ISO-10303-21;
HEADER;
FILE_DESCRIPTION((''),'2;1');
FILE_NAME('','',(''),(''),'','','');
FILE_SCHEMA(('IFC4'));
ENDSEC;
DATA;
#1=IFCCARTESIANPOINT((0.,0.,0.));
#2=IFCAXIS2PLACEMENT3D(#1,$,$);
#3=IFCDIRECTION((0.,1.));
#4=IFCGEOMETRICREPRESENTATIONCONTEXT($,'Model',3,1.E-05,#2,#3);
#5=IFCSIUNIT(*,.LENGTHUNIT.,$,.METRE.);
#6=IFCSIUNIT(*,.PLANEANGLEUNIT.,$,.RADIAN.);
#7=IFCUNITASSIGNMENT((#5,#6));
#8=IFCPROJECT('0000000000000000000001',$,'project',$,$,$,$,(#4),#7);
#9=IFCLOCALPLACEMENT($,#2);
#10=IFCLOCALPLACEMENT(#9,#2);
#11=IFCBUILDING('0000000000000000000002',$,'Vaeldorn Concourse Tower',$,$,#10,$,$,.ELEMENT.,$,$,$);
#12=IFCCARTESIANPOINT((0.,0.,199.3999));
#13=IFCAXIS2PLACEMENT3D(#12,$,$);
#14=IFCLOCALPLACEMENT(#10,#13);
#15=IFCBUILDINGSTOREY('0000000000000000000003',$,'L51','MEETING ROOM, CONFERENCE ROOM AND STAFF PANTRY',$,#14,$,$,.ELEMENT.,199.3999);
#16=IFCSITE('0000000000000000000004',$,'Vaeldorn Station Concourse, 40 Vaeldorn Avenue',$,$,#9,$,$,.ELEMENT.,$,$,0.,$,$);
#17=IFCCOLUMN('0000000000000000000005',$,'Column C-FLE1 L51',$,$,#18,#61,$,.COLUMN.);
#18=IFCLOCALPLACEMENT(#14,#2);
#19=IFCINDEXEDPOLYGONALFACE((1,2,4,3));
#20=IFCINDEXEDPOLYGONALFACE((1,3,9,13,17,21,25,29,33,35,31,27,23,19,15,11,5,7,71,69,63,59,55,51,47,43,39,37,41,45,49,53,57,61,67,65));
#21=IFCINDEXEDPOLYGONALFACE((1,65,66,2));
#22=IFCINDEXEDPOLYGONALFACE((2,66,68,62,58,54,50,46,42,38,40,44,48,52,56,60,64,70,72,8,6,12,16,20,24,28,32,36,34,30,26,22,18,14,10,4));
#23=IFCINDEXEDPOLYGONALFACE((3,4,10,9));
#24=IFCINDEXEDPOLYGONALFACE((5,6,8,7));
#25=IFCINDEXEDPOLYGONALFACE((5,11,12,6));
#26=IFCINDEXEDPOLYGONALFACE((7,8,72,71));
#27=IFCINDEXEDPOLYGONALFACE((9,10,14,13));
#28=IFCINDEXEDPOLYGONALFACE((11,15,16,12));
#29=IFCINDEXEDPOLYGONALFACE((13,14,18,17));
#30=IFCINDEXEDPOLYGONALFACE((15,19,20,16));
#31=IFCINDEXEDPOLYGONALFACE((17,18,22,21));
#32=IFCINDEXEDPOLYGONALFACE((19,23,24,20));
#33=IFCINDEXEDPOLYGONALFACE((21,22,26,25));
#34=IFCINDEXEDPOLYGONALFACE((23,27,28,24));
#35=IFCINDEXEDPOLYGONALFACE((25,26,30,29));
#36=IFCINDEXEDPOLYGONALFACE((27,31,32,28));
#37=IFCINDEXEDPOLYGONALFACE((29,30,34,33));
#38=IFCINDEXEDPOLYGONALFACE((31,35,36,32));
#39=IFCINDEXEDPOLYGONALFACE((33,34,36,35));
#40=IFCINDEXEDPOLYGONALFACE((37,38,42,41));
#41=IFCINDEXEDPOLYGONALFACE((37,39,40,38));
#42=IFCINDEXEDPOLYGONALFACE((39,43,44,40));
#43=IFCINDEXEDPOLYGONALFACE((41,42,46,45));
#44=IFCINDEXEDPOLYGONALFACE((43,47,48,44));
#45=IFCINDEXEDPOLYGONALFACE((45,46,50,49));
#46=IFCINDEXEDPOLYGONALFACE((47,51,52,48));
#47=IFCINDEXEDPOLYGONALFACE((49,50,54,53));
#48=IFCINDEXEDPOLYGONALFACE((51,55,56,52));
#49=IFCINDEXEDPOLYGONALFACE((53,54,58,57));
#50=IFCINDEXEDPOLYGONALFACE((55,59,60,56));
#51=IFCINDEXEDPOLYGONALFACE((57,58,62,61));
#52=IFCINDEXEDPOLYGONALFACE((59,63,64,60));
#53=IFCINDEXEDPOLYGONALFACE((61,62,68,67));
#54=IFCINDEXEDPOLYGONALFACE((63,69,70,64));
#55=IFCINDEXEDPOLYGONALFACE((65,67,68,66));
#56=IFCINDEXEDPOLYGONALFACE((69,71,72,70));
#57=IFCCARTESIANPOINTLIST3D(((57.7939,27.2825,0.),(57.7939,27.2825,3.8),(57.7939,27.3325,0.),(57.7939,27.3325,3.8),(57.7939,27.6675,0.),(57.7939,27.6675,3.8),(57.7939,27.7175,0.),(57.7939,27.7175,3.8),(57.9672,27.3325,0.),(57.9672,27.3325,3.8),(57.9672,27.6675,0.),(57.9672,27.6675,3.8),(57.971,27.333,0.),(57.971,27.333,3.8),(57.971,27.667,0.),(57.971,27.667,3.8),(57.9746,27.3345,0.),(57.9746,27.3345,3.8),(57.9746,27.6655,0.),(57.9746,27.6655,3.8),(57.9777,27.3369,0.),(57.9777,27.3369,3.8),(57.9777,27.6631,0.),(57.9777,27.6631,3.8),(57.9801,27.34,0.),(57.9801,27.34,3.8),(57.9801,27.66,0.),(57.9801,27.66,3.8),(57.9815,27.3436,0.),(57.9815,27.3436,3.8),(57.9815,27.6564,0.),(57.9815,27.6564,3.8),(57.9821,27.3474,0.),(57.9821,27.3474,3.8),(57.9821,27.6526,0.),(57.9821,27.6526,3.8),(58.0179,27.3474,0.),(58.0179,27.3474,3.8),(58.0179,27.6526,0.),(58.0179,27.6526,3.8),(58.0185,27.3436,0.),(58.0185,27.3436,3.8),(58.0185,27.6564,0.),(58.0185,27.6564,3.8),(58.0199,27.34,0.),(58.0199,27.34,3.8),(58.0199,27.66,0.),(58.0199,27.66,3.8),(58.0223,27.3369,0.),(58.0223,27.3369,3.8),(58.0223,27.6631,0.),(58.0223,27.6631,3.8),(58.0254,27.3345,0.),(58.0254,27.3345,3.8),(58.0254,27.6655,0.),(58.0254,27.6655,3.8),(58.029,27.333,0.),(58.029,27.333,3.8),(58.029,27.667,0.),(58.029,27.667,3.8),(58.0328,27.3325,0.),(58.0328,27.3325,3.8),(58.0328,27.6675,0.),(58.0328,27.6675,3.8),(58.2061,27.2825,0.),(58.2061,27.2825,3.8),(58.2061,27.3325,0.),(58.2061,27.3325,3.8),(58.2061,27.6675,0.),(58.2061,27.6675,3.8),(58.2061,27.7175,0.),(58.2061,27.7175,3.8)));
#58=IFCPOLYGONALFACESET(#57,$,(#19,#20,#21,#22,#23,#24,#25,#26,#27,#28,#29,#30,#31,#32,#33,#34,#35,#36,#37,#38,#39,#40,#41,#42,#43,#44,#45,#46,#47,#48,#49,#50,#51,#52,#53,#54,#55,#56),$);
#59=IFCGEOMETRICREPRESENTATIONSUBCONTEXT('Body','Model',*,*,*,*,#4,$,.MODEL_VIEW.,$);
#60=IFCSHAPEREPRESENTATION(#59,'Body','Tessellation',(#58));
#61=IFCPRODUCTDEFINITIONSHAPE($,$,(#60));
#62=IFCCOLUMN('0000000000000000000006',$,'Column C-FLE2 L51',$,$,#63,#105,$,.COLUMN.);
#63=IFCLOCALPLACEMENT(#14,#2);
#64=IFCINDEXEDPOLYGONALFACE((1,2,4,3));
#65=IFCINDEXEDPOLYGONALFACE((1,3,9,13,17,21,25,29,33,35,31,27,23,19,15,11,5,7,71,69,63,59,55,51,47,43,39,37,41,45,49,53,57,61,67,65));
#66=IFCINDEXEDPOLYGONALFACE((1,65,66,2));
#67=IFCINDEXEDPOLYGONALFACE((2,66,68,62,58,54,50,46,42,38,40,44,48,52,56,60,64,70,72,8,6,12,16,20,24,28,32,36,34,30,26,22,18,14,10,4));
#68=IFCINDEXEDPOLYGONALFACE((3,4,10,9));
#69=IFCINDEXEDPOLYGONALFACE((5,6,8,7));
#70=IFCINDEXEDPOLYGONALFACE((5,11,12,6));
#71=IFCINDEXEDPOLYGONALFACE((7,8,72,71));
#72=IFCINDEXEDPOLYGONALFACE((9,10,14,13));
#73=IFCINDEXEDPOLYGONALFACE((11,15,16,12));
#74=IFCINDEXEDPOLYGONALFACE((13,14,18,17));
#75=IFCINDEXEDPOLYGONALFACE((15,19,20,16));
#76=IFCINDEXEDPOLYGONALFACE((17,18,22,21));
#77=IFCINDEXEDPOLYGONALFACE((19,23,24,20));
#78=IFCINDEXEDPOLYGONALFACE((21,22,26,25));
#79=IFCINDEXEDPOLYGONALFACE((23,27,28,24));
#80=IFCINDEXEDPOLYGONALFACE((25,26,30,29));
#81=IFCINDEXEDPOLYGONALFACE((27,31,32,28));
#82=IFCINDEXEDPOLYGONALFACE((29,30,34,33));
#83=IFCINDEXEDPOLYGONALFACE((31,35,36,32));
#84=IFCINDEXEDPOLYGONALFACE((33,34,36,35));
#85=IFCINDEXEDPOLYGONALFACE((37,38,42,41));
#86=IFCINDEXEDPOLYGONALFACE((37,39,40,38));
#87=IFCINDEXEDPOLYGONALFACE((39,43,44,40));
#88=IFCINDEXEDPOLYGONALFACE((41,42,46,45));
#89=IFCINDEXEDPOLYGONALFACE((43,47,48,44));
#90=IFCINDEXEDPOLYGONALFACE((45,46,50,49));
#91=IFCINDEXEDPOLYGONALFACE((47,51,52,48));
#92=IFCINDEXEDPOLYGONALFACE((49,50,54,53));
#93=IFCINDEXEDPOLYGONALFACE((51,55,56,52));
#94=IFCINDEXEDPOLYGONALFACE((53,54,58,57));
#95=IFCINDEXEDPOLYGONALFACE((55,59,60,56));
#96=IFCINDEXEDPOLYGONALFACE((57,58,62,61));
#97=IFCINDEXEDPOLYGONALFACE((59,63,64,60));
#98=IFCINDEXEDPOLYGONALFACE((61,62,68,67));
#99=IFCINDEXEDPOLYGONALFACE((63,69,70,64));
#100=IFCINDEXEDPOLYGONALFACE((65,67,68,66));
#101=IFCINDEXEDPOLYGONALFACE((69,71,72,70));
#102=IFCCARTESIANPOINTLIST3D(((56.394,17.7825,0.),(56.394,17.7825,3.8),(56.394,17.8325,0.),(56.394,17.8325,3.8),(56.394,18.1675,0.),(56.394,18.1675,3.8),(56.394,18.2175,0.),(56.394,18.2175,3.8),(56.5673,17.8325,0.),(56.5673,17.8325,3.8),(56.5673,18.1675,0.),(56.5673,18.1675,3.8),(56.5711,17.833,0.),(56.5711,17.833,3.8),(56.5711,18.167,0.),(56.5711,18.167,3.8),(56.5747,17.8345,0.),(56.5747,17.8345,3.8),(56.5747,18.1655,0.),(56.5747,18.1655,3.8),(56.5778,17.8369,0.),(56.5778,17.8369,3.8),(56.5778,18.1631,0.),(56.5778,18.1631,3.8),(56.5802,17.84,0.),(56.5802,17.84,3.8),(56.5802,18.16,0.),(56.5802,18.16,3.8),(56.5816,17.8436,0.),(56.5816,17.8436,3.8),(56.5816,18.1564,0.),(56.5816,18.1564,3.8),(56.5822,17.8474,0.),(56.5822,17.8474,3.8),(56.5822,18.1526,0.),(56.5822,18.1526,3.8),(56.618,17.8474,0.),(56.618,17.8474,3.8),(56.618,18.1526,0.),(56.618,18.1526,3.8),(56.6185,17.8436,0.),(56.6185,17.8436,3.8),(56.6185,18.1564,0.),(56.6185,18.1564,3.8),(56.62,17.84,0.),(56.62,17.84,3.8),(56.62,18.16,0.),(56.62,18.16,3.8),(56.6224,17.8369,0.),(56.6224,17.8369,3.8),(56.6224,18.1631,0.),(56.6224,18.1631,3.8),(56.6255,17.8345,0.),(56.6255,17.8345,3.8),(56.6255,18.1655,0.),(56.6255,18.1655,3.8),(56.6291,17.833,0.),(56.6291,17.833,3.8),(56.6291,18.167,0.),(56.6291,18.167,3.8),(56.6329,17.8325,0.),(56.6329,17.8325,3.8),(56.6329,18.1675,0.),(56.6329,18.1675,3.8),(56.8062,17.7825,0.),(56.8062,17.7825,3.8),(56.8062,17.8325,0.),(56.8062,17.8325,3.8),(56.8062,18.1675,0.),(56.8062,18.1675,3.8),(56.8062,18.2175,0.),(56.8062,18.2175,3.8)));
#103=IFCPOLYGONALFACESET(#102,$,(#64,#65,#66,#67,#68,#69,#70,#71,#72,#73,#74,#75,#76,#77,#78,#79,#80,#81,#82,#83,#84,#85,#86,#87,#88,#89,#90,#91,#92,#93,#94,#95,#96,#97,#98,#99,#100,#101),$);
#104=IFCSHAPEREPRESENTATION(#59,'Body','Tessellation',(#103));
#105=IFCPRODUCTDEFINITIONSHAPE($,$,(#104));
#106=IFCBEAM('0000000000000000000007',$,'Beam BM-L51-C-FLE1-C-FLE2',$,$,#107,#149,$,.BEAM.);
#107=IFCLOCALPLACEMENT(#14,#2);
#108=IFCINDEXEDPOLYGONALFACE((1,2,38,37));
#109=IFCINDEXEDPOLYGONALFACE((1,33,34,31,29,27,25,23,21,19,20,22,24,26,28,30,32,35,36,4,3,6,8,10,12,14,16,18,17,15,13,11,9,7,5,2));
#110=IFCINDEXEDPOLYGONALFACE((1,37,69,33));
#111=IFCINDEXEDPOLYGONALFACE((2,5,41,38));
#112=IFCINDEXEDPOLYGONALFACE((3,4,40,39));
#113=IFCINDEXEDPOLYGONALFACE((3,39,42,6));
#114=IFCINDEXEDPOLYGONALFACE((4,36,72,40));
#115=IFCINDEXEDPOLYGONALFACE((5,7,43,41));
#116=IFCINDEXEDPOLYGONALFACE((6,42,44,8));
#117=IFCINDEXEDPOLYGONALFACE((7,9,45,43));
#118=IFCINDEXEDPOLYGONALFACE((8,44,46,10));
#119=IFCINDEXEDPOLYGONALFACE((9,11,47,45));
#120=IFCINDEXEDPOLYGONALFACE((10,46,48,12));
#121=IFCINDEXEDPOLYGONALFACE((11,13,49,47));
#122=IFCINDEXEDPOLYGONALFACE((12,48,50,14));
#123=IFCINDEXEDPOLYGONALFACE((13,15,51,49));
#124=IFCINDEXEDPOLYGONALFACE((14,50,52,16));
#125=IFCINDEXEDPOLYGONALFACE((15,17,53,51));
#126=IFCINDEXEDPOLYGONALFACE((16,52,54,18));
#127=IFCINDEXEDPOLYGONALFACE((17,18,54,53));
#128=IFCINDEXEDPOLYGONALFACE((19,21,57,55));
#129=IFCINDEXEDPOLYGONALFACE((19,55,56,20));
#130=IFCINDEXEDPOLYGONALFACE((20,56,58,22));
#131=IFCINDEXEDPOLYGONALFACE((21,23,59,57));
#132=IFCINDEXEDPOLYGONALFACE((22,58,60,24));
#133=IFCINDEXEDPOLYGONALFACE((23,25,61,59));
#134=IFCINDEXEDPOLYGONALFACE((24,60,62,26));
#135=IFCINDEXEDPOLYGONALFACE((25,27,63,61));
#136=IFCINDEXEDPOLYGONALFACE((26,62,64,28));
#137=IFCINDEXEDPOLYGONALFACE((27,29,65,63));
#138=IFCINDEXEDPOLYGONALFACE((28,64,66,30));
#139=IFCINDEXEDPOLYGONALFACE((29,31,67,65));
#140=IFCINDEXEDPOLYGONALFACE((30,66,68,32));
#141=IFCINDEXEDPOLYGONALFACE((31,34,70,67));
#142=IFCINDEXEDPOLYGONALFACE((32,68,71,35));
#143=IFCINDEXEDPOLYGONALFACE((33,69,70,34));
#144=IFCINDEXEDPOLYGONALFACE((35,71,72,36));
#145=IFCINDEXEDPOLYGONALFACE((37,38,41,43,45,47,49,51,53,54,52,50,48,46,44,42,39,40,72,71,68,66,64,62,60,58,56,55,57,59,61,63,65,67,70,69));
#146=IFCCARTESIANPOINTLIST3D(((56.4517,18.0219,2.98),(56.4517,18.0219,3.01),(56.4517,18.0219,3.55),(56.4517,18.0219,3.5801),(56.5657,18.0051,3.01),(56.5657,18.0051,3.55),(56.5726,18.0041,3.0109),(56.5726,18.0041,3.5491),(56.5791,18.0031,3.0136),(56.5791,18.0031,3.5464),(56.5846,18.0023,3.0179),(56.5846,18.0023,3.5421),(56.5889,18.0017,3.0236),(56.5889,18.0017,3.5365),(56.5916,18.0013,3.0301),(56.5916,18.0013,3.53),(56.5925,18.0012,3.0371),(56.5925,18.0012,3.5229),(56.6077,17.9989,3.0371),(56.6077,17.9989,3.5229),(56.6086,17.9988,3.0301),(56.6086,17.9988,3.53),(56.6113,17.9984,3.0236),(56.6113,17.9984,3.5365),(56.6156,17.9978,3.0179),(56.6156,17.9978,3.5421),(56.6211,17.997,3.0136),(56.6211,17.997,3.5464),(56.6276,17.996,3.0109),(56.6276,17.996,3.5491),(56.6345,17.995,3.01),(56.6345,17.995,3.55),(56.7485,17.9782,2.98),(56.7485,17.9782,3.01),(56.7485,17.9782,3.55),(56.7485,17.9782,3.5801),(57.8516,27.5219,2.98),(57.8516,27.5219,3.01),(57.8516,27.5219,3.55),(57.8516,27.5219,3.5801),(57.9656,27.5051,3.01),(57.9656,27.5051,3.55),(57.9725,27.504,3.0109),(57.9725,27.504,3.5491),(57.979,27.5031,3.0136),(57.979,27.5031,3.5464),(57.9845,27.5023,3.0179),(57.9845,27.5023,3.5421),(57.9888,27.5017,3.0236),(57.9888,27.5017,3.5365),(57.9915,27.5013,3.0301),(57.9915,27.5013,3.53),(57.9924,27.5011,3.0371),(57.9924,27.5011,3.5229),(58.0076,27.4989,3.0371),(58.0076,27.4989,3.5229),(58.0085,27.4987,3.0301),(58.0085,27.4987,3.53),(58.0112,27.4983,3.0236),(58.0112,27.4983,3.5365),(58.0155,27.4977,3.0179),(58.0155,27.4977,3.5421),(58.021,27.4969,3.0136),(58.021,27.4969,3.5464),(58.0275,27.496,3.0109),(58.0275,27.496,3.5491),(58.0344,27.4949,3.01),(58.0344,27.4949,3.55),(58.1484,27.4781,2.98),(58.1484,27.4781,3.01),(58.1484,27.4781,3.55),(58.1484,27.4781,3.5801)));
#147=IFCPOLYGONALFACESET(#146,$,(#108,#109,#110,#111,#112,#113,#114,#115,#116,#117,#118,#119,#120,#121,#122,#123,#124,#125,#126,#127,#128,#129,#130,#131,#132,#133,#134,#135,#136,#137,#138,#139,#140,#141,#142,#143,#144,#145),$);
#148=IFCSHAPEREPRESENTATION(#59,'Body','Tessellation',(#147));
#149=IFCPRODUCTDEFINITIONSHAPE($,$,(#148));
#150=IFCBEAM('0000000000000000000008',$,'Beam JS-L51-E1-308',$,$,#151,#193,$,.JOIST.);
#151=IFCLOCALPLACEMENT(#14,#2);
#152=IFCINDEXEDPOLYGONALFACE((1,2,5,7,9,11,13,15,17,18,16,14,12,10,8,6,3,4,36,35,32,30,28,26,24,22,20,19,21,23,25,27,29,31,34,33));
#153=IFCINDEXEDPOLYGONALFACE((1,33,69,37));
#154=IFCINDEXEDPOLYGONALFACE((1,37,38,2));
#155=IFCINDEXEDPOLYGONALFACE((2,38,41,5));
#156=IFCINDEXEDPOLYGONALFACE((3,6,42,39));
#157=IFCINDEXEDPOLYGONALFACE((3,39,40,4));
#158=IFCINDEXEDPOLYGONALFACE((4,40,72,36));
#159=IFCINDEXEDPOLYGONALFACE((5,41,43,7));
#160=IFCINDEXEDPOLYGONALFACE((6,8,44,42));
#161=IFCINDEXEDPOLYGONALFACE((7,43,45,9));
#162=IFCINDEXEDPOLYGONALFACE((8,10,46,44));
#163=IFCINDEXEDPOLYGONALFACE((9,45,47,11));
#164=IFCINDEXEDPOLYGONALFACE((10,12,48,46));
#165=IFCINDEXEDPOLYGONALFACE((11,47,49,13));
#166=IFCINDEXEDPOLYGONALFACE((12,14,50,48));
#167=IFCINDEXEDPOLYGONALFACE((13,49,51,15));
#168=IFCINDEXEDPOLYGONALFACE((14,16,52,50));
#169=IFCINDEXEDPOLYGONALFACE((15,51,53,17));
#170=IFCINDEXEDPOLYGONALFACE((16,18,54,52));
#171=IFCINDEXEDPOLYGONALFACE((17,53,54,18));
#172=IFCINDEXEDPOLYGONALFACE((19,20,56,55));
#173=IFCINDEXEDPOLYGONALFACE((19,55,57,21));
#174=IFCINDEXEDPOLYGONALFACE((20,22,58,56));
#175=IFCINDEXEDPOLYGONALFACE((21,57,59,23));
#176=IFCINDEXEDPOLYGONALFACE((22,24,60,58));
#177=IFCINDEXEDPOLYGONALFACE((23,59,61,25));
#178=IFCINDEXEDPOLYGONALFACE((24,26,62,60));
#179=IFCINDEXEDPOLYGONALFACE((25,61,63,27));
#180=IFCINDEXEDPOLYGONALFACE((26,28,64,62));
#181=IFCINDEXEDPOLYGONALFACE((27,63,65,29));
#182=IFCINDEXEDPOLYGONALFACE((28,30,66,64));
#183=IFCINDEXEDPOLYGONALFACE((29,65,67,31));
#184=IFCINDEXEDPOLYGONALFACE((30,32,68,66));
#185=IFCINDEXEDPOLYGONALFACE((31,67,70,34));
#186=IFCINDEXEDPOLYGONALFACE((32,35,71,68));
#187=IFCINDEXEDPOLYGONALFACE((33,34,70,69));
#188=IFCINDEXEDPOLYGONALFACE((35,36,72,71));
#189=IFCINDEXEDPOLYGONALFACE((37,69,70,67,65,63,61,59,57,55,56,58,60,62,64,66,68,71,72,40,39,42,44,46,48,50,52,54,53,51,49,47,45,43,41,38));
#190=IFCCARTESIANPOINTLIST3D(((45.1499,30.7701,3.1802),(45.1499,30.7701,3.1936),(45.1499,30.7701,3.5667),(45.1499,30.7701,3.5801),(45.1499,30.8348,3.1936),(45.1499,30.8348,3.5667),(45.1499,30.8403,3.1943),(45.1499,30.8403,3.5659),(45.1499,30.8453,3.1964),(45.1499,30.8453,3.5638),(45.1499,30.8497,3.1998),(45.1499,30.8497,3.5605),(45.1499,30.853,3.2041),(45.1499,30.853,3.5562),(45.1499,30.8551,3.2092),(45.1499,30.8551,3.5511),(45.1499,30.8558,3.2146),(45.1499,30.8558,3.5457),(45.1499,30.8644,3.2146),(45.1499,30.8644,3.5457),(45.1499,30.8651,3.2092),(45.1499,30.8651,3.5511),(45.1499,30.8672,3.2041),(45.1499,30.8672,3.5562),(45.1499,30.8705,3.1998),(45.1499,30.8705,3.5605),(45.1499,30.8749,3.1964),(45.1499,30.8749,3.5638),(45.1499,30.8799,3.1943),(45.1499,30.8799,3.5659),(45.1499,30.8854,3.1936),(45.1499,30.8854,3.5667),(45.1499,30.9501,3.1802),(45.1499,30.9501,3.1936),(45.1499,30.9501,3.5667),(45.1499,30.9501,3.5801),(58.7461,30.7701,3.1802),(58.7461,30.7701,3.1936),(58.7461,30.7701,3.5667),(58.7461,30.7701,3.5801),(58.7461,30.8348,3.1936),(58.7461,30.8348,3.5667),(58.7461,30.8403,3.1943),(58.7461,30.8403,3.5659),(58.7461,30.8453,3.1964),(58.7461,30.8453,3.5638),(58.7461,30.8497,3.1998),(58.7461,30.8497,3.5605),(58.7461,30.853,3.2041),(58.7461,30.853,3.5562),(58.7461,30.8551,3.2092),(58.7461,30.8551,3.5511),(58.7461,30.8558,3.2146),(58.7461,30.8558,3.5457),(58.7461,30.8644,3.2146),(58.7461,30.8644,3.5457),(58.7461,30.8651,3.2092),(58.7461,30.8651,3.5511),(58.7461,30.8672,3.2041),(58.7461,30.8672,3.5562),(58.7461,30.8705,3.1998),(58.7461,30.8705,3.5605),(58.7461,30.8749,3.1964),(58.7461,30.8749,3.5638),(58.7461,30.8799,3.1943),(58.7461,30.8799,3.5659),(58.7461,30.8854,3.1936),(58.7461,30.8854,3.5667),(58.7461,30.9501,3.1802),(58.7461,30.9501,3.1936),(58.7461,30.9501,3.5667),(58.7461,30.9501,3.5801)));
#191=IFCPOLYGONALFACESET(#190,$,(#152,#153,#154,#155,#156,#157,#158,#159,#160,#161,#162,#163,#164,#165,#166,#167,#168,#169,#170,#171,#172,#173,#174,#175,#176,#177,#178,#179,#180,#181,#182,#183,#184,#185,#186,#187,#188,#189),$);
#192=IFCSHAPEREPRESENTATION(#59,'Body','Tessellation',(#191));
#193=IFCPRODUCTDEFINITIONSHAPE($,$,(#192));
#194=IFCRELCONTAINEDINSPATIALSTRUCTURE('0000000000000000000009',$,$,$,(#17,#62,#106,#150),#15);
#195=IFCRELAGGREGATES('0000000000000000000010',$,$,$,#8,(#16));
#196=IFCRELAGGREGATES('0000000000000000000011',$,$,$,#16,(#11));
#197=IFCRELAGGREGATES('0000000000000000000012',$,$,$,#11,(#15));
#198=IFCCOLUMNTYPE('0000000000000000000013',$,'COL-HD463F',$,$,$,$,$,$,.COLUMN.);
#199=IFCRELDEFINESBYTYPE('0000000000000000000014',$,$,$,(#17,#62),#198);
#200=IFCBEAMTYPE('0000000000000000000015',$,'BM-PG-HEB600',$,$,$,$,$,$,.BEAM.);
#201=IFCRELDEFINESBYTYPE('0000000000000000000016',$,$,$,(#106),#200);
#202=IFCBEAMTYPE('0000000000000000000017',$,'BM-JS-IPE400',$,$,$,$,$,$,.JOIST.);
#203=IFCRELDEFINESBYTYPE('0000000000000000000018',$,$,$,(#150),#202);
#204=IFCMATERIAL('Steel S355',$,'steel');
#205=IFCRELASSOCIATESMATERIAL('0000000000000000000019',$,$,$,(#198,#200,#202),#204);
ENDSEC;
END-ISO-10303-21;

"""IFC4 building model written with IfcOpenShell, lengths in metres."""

from ifc_helpers import new_model, si_unit, direction, frame, origin, origin_2d, place, context, subcontext, project, spatial, i_section, extrude, source, transform, mapped, material, material_profile, profile_set, type_object, element, save


model = new_model("IFC4")

# Units and contexts
model_context = context("Model", 3, precision=1e-05, world=origin(), true_north=direction((0.0, 1.0)))
body_context = subcontext(model_context, "Body", "Model", "MODEL_VIEW")
ifc_project = project(units=[si_unit("LENGTHUNIT", "METRE"), si_unit("PLANEANGLEUNIT", "RADIAN")], contexts=[model_context])

# Site, building, storey
site_placement = place(None, origin())
site = spatial("IfcSite", under=ifc_project, at=site_placement, Name="Vaeldorn Station Concourse, 40 Vaeldorn Avenue", CompositionType="ELEMENT", RefElevation=0.0)
building_placement = place(site_placement, origin())
building = spatial("IfcBuilding", under=site, at=building_placement, Name="Vaeldorn Concourse Tower", CompositionType="ELEMENT")
storey_placement = place(building_placement, frame((0.0, 0.0, 199.3999)))
storey = spatial("IfcBuildingStorey", under=building, at=storey_placement, Name="L51", Description="MEETING ROOM, CONFERENCE ROOM AND STAFF PANTRY", CompositionType="ELEMENT", Elevation=199.3999)

# Columns
ifc_material_1 = material(Name="Steel S355", Category="steel")
ifc_material_profile_1 = material_profile(ifc_material_1, i_section(OverallWidth=0.4121, OverallDepth=0.4351, WebThickness=0.0359, FlangeThickness=0.05, FilletRadius=0.0149, at=origin_2d()), Name="HD 400x463")
ifc_profile_set_1 = profile_set([ifc_material_profile_1], Name="Steel S355")
column_type = type_object("IfcColumnType", Name="COL-HD463F", PredefinedType="COLUMN", material=ifc_profile_set_1)
shared_shape_1 = source(origin(), body_context, "Body", "SweptSolid", [
    extrude(i_section(OverallWidth=0.4121, OverallDepth=0.4351, WebThickness=0.0359, FlangeThickness=0.05, FilletRadius=0.0149, at=origin_2d()), origin(), (0.0, 0.0, 1.0), 3.8),
])
for number, where, z_axis, x_axis, name in (
    (1, (58.0, 27.5, 0.0), (0.0, 0.0, 1.0), (1.0, 0.0, 0.0), "Column C-FLE1 L51"),
    (2, (56.6001, 18.0, 0.0), (0.0, 0.0, 1.0), (1.0, 0.0, 0.0), "Column C-FLE2 L51"),
):
    element("IfcColumn", number, at=place(storey_placement, frame(where, z_axis=z_axis, x_axis=x_axis)), inside=storey, type_object=column_type, Name=name, PredefinedType="COLUMN", context=body_context, shape_type="MappedRepresentation", body=[
        mapped(shared_shape_1, transform((0.0, 0.0, 0.0), scale=1.0)),
    ])

# Beams
ifc_material_profile_2 = material_profile(ifc_material_1, i_section(OverallWidth=0.3, OverallDepth=0.6001, WebThickness=0.0154, FlangeThickness=0.03, FilletRadius=0.0271, at=origin_2d()), Name="HEB 600")
ifc_profile_set_2 = profile_set([ifc_material_profile_2], Name="Steel S355")
beam_type_1 = type_object("IfcBeamType", Name="BM-PG-HEB600", PredefinedType="BEAM", material=ifc_profile_set_2)
shared_shape_2 = source(origin(), body_context, "Body", "SweptSolid", [
    extrude(i_section(OverallWidth=0.3, OverallDepth=0.6001, WebThickness=0.0154, FlangeThickness=0.03, FilletRadius=0.0271, at=origin_2d()), origin(), (0.0, 0.0, 1.0), 9.6025),
])
beam_1_placement = place(storey_placement, frame((58.0, 27.5, 3.28), z_axis=(-0.145784, -0.989316, 0.0), x_axis=(0.989316, -0.145784, 0.0)))
element("IfcBeam", 3, at=beam_1_placement, inside=storey, type_object=beam_type_1, Name="Beam BM-L51-C-FLE1-C-FLE2", PredefinedType="BEAM", context=body_context, shape_type="MappedRepresentation", body=[
    mapped(shared_shape_2, transform((0.0, 0.0, 0.0), scale=1.0)),
])
ifc_material_profile_3 = material_profile(ifc_material_1, i_section(OverallWidth=0.1799, OverallDepth=0.3999, WebThickness=0.0085, FlangeThickness=0.0134, FilletRadius=0.021, at=origin_2d()), Name="IPE 400")
ifc_profile_set_3 = profile_set([ifc_material_profile_3], Name="Steel S355")
beam_type_2 = type_object("IfcBeamType", Name="BM-JS-IPE400", PredefinedType="JOIST", material=ifc_profile_set_3)
shared_shape_3 = source(origin(), body_context, "Body", "SweptSolid", [
    extrude(i_section(OverallWidth=0.1799, OverallDepth=0.3999, WebThickness=0.0085, FlangeThickness=0.0134, FilletRadius=0.021, at=origin_2d()), origin(), (0.0, 0.0, 1.0), 13.5962),
])
beam_2_placement = place(storey_placement, frame((45.1499, 30.8601, 3.3801), z_axis=(1.0, 0.0, 0.0), x_axis=(0.0, 1.0, 0.0)))
element("IfcBeam", 4, at=beam_2_placement, inside=storey, type_object=beam_type_2, Name="Beam JS-L51-E1-308", PredefinedType="JOIST", context=body_context, shape_type="MappedRepresentation", body=[
    mapped(shared_shape_3, transform((0.0, 0.0, 0.0), scale=1.0)),
])

save(model, "model.ifc")
